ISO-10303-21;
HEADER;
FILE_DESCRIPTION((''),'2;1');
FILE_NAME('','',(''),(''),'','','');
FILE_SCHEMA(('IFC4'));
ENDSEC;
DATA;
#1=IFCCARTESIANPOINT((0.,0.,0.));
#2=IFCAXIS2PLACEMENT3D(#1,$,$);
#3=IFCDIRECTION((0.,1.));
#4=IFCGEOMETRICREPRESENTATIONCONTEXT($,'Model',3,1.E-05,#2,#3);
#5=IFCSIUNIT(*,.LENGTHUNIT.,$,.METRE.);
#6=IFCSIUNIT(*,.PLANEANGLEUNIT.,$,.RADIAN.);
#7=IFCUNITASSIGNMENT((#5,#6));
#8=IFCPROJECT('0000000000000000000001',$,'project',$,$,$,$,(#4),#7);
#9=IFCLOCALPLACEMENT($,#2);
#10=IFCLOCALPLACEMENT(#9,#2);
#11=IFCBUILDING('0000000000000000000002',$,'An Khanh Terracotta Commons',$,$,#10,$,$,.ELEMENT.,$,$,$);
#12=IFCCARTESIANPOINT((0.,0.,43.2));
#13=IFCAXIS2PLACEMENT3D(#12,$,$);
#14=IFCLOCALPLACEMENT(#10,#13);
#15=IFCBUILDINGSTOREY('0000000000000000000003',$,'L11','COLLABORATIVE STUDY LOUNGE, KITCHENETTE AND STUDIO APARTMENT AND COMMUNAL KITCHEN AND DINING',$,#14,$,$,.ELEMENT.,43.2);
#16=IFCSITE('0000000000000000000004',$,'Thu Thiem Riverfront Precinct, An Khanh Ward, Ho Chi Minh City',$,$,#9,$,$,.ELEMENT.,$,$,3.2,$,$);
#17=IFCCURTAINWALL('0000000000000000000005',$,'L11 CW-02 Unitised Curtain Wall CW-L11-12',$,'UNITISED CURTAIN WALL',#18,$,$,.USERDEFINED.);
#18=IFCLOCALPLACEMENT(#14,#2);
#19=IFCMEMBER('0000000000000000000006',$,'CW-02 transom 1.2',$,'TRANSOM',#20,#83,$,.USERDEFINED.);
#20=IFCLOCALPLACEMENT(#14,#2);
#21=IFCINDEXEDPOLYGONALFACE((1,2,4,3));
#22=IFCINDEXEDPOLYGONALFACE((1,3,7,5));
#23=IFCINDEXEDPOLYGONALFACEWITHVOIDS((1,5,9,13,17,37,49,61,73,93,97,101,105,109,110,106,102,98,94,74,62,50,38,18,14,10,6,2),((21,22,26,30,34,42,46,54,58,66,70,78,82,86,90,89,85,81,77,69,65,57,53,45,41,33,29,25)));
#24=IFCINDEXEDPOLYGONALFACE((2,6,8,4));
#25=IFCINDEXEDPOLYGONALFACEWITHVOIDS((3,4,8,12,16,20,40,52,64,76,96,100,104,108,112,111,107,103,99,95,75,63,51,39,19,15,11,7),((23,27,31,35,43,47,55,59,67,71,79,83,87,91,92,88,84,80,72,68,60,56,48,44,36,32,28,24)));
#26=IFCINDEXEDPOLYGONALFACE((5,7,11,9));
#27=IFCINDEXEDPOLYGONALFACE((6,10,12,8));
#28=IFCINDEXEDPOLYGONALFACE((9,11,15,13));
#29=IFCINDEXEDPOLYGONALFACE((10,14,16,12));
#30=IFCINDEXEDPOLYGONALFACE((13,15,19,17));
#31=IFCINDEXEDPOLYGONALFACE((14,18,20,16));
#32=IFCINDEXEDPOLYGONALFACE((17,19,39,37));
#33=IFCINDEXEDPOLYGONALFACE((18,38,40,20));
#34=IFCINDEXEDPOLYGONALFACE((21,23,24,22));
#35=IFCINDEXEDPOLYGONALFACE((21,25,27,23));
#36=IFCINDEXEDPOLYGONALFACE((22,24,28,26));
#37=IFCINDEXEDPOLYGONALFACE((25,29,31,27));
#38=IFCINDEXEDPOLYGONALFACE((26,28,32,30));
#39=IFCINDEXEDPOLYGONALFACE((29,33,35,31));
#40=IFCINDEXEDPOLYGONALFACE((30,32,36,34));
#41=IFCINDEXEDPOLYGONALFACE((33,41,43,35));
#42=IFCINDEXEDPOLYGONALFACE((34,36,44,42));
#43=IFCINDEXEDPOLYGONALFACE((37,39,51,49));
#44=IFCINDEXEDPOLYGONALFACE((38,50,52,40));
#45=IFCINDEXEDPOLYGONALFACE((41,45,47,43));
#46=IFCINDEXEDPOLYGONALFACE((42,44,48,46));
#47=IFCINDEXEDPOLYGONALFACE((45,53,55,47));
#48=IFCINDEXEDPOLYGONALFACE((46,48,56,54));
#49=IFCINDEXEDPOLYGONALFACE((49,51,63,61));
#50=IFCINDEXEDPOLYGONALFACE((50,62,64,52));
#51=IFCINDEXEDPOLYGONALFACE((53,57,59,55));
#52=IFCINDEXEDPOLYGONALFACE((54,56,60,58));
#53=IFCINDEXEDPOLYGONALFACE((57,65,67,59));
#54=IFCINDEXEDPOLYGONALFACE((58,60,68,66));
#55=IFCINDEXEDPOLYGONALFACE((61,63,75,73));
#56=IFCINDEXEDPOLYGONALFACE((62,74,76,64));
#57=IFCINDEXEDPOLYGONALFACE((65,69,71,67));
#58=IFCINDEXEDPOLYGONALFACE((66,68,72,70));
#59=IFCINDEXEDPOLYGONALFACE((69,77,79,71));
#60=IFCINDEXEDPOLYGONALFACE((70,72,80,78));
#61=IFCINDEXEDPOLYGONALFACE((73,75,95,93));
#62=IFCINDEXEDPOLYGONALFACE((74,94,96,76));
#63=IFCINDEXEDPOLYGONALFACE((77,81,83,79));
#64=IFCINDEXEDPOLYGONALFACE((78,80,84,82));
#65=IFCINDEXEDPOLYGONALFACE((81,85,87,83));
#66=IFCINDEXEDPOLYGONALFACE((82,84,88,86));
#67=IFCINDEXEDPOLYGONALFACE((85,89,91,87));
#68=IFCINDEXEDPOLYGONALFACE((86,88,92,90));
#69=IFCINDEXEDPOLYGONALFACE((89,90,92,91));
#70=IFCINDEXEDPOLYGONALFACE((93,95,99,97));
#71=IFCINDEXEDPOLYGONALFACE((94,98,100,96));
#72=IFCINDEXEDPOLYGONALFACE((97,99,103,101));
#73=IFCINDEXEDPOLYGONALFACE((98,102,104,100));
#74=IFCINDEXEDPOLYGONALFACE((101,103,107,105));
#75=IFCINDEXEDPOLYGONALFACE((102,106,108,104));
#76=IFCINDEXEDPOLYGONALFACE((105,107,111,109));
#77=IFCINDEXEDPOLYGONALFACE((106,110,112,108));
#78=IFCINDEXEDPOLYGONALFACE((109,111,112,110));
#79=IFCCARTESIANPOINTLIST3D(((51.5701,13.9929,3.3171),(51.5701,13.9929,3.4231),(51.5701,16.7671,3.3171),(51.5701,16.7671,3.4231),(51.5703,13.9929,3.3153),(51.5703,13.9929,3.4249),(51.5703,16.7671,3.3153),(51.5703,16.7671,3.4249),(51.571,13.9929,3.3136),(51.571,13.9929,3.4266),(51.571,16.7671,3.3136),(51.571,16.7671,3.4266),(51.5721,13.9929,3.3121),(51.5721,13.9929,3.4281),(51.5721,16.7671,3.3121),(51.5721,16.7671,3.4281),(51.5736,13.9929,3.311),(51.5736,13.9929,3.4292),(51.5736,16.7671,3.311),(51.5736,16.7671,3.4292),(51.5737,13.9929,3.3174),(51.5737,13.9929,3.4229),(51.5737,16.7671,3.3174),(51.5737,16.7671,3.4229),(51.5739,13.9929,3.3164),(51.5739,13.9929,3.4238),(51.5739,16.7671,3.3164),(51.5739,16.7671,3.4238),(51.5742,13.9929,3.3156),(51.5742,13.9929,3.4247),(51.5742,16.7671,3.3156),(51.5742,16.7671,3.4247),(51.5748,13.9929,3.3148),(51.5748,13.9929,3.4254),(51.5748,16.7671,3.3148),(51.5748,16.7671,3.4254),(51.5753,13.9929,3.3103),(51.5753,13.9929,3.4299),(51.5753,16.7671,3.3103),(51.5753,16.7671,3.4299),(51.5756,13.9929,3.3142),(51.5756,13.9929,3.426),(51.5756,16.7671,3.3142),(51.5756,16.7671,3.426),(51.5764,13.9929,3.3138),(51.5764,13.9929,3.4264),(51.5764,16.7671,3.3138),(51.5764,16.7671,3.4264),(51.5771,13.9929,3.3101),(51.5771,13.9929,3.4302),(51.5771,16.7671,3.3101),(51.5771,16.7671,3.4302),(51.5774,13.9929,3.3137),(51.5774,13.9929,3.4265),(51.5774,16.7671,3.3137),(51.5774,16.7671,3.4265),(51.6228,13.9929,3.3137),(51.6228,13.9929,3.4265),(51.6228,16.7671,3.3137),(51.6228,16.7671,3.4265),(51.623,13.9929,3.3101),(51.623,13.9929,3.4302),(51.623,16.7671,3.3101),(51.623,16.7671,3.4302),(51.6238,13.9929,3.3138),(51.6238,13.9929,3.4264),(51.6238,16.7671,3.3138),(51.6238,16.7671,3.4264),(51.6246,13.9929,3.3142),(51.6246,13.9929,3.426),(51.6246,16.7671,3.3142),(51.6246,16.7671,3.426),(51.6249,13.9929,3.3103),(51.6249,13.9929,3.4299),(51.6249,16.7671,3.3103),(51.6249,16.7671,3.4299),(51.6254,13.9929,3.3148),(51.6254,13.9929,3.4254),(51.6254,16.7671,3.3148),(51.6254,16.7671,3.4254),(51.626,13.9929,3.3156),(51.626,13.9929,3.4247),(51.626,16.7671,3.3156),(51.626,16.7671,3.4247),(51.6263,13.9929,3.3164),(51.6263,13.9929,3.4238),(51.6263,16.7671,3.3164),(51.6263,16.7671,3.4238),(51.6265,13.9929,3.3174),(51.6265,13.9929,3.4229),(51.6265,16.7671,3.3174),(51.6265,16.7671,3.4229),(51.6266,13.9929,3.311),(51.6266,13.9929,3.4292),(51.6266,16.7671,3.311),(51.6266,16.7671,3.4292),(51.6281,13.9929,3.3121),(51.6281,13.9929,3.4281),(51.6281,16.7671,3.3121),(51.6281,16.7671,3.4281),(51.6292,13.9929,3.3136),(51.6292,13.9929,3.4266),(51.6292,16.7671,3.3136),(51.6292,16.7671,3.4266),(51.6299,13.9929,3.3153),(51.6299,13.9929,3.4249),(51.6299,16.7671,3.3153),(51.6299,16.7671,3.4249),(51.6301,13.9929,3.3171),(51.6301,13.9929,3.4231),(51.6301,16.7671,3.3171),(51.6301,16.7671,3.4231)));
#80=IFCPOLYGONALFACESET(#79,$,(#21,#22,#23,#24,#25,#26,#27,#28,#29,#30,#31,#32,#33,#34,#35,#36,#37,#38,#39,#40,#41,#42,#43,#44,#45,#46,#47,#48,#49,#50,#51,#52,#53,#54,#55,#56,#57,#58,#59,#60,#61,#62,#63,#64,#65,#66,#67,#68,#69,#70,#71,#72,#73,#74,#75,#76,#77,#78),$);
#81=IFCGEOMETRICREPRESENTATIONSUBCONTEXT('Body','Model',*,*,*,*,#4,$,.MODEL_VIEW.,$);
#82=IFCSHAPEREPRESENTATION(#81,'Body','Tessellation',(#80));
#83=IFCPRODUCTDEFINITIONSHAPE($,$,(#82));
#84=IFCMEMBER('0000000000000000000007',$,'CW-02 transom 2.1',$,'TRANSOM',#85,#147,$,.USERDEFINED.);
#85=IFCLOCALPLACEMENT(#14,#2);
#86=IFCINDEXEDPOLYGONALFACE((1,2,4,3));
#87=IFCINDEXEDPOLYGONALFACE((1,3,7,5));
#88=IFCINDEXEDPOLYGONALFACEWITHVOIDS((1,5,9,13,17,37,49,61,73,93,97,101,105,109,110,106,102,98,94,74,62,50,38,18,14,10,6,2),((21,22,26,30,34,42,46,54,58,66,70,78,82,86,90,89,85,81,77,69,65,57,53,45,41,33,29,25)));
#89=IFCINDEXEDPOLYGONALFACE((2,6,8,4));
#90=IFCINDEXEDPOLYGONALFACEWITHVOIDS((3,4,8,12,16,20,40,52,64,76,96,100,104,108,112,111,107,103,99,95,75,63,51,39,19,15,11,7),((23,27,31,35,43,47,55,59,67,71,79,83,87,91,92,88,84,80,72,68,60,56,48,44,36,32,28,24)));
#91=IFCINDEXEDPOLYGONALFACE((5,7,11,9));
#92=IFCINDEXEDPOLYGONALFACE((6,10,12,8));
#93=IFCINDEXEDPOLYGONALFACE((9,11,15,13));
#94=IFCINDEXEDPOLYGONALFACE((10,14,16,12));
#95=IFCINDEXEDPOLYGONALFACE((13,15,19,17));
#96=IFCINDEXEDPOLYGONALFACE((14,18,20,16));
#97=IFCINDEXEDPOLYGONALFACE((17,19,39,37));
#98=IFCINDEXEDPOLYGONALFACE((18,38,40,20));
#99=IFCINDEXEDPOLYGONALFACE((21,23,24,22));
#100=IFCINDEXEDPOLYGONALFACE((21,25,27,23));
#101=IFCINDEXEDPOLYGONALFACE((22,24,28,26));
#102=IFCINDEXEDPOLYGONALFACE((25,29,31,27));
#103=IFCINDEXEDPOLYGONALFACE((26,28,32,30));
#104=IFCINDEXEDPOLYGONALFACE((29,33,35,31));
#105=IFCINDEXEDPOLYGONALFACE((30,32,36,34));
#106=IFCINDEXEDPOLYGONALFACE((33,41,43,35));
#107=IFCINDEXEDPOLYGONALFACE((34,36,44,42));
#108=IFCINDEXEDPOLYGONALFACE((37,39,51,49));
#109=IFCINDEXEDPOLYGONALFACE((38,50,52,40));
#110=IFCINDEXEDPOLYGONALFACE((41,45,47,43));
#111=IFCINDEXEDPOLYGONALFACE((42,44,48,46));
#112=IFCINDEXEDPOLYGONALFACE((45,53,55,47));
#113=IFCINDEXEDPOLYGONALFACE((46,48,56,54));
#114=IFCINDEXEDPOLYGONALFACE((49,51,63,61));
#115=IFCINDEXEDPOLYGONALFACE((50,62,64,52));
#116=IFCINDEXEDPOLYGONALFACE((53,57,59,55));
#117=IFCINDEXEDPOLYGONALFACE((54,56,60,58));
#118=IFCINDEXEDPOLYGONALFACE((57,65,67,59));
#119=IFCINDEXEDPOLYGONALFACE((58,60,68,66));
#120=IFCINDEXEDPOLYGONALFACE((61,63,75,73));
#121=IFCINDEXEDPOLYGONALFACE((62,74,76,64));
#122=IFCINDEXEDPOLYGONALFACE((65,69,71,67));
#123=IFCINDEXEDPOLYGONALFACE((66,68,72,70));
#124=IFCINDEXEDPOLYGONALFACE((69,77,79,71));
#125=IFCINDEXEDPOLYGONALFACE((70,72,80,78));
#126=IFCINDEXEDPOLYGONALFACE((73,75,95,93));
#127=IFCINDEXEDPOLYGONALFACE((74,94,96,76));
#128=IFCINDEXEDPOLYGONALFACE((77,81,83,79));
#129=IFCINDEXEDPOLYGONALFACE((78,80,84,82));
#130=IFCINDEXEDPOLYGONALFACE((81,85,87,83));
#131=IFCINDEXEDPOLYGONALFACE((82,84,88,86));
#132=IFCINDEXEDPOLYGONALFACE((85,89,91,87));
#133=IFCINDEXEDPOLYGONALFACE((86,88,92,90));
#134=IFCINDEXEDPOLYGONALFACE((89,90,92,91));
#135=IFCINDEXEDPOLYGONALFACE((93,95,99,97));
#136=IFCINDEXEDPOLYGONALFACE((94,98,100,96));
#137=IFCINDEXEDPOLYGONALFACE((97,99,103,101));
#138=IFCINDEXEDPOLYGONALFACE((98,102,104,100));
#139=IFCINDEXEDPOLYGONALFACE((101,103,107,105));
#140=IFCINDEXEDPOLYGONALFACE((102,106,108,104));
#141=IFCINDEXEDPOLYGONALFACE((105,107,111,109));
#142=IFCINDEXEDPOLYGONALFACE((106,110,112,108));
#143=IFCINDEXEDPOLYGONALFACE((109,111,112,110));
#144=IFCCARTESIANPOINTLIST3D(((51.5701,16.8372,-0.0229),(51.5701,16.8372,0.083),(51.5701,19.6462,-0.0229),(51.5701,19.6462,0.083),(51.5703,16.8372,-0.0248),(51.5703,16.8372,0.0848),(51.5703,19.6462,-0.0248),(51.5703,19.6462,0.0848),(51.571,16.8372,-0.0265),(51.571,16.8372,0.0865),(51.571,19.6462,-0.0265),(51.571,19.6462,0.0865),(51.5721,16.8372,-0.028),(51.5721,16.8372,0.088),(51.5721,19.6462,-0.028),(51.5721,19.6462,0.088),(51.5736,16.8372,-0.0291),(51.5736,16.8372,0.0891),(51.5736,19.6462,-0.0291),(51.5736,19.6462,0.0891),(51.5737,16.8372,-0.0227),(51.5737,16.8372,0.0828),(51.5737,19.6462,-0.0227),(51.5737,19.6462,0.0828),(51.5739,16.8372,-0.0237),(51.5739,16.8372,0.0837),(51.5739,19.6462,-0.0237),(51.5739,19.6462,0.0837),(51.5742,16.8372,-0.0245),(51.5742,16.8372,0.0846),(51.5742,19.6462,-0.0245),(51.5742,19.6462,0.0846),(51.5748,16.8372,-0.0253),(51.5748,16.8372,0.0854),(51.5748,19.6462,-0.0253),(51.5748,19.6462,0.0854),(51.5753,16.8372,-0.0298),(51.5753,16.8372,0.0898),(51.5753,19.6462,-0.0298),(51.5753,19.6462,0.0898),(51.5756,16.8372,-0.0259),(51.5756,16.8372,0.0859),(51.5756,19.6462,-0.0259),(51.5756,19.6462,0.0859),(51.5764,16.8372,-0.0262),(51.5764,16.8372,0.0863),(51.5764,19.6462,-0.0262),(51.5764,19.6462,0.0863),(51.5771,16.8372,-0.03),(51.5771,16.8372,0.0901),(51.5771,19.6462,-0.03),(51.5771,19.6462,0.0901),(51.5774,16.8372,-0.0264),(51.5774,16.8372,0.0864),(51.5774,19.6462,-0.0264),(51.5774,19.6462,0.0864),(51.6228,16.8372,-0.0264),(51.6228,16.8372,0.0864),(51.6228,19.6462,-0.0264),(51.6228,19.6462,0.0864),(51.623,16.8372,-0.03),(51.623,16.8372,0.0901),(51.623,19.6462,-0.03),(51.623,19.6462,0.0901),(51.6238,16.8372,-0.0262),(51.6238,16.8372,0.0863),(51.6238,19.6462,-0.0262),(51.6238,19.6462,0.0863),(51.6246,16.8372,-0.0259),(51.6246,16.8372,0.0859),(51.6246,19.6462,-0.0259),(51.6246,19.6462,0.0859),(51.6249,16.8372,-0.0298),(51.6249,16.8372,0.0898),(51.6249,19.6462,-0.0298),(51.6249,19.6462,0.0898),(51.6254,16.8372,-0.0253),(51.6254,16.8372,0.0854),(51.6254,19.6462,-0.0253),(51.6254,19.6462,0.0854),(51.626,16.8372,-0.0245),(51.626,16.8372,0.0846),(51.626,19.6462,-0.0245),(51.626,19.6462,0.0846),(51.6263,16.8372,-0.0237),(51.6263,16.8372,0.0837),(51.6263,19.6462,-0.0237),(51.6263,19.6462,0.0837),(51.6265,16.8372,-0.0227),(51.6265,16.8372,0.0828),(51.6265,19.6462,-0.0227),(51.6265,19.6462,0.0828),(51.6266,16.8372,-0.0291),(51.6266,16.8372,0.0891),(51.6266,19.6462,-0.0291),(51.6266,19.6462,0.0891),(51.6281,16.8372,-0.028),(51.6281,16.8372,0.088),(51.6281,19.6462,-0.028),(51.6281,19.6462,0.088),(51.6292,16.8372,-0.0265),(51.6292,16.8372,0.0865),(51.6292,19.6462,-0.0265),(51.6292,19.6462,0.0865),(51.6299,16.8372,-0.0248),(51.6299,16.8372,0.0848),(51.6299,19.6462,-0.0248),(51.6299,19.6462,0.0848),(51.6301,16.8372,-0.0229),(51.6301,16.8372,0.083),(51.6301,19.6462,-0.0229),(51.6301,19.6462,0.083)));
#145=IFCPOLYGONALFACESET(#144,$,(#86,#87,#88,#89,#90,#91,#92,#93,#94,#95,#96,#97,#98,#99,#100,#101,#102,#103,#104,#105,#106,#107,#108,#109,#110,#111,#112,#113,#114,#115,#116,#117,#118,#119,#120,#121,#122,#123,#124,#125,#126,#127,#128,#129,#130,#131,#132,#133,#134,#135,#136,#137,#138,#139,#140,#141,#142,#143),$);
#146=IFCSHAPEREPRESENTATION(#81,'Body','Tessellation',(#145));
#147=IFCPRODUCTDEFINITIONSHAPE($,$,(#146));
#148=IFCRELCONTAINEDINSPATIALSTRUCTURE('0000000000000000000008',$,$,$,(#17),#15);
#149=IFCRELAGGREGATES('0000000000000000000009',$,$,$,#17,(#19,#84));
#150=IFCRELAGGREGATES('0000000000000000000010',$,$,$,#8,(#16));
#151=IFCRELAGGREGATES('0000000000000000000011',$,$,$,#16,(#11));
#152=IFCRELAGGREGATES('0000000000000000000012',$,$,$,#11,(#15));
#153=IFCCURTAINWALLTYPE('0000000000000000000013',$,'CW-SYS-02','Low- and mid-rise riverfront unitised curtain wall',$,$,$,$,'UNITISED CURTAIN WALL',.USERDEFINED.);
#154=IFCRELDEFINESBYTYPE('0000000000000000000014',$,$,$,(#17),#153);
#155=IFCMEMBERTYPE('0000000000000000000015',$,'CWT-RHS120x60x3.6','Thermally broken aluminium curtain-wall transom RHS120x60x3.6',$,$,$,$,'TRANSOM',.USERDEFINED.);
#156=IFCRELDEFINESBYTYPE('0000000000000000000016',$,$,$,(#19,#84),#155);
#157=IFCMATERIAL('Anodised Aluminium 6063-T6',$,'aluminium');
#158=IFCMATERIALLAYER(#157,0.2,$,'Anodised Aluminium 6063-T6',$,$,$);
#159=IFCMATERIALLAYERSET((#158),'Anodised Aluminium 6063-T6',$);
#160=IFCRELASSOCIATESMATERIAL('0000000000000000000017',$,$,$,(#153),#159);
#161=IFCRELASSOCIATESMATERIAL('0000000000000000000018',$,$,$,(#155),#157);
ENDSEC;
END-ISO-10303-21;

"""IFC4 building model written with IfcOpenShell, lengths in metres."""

from ifc_helpers import new_model, si_unit, direction, frame, origin, origin_2d, place, context, subcontext, project, spatial, hollow_rectangle, extrude, material, layer, layer_set, material_profile, profile_set, type_object, element, aggregate, save


model = new_model("IFC4")

# Units and contexts
model_context = context("Model", 3, precision=1e-05, world=origin(), true_north=direction((0.0, 1.0)))
body_context = subcontext(model_context, "Body", "Model", "MODEL_VIEW")
ifc_project = project(units=[si_unit("LENGTHUNIT", "METRE"), si_unit("PLANEANGLEUNIT", "RADIAN")], contexts=[model_context])

# Site, building, storey
site_placement = place(None, origin())
site = spatial("IfcSite", under=ifc_project, at=site_placement, Name="Thu Thiem Riverfront Precinct, An Khanh Ward, Ho Chi Minh City", CompositionType="ELEMENT", RefElevation=3.2)
building_placement = place(site_placement, origin())
building = spatial("IfcBuilding", under=site, at=building_placement, Name="An Khanh Terracotta Commons", CompositionType="ELEMENT")
storey_placement = place(building_placement, frame((0.0, 0.0, 43.2)))
storey = spatial("IfcBuildingStorey", under=building, at=storey_placement, Name="L11", Description="COLLABORATIVE STUDY LOUNGE, KITCHENETTE AND STUDIO APARTMENT AND COMMUNAL KITCHEN AND DINING", CompositionType="ELEMENT", Elevation=43.2)

# Curtain wall, members
ifc_material_1 = material(Name="Anodised Aluminium 6063-T6", Category="aluminium")
ifc_layer_1 = layer(ifc_material_1, 0.2, Name="Anodised Aluminium 6063-T6")
ifc_layer_set_1 = layer_set([ifc_layer_1], Name="Anodised Aluminium 6063-T6")
curtain_wall_type = type_object("IfcCurtainWallType", Name="CW-SYS-02", Description="Low- and mid-rise riverfront unitised curtain wall", ElementType="UNITISED CURTAIN WALL", PredefinedType="USERDEFINED", material=ifc_layer_set_1)
curtain_wall_placement = place(storey_placement, origin())
curtain_wall = element("IfcCurtainWall", 1, at=curtain_wall_placement, inside=storey, type_object=curtain_wall_type, Name="L11 CW-02 Unitised Curtain Wall CW-L11-12", ObjectType="UNITISED CURTAIN WALL", PredefinedType="USERDEFINED")
ifc_material_profile_1 = material_profile(ifc_material_1, hollow_rectangle(XDim=0.0601, YDim=0.1201, WallThickness=0.0037, InnerFilletRadius=0.0037, OuterFilletRadius=0.0071, at=origin_2d()), Name="RHS120x60x3.6")
ifc_profile_set_1 = profile_set([ifc_material_profile_1], Name="Anodised Aluminium 6063-T6")
member_type_1 = type_object("IfcMemberType", Name="CWT-RHS120x60x3.6", Description="Thermally broken aluminium curtain-wall transom RHS120x60x3.6", ElementType="TRANSOM", PredefinedType="USERDEFINED", material=ifc_profile_set_1)
member_1_placement = place(storey_placement, frame((51.6001, 13.9929, 3.3701), z_axis=(0.0, 1.0, 0.0), x_axis=(-1.0, 0.0, 0.0)))
member_1 = element("IfcMember", 2, at=member_1_placement, type_object=member_type_1, Name="CW-02 transom 1.2", ObjectType="TRANSOM", PredefinedType="USERDEFINED", context=body_context, shape_type="SweptSolid", body=[
    extrude(hollow_rectangle(XDim=0.0601, YDim=0.1201, WallThickness=0.0037, InnerFilletRadius=0.0037, OuterFilletRadius=0.0071, at=origin_2d()), origin(), (0.0, 0.0, 1.0), 2.7742),
])
member_2_placement = place(storey_placement, frame((51.6001, 16.8372, 0.03), z_axis=(0.0, 1.0, 0.0), x_axis=(-1.0, 0.0, 0.0)))
member_2 = element("IfcMember", 3, at=member_2_placement, type_object=member_type_1, Name="CW-02 transom 2.1", ObjectType="TRANSOM", PredefinedType="USERDEFINED", context=body_context, shape_type="SweptSolid", body=[
    extrude(hollow_rectangle(XDim=0.0601, YDim=0.1201, WallThickness=0.0037, InnerFilletRadius=0.0037, OuterFilletRadius=0.0071, at=origin_2d()), origin(), (0.0, 0.0, 1.0), 2.8091),
])
aggregate(curtain_wall, [member_1, member_2])

save(model, "model.ifc")
